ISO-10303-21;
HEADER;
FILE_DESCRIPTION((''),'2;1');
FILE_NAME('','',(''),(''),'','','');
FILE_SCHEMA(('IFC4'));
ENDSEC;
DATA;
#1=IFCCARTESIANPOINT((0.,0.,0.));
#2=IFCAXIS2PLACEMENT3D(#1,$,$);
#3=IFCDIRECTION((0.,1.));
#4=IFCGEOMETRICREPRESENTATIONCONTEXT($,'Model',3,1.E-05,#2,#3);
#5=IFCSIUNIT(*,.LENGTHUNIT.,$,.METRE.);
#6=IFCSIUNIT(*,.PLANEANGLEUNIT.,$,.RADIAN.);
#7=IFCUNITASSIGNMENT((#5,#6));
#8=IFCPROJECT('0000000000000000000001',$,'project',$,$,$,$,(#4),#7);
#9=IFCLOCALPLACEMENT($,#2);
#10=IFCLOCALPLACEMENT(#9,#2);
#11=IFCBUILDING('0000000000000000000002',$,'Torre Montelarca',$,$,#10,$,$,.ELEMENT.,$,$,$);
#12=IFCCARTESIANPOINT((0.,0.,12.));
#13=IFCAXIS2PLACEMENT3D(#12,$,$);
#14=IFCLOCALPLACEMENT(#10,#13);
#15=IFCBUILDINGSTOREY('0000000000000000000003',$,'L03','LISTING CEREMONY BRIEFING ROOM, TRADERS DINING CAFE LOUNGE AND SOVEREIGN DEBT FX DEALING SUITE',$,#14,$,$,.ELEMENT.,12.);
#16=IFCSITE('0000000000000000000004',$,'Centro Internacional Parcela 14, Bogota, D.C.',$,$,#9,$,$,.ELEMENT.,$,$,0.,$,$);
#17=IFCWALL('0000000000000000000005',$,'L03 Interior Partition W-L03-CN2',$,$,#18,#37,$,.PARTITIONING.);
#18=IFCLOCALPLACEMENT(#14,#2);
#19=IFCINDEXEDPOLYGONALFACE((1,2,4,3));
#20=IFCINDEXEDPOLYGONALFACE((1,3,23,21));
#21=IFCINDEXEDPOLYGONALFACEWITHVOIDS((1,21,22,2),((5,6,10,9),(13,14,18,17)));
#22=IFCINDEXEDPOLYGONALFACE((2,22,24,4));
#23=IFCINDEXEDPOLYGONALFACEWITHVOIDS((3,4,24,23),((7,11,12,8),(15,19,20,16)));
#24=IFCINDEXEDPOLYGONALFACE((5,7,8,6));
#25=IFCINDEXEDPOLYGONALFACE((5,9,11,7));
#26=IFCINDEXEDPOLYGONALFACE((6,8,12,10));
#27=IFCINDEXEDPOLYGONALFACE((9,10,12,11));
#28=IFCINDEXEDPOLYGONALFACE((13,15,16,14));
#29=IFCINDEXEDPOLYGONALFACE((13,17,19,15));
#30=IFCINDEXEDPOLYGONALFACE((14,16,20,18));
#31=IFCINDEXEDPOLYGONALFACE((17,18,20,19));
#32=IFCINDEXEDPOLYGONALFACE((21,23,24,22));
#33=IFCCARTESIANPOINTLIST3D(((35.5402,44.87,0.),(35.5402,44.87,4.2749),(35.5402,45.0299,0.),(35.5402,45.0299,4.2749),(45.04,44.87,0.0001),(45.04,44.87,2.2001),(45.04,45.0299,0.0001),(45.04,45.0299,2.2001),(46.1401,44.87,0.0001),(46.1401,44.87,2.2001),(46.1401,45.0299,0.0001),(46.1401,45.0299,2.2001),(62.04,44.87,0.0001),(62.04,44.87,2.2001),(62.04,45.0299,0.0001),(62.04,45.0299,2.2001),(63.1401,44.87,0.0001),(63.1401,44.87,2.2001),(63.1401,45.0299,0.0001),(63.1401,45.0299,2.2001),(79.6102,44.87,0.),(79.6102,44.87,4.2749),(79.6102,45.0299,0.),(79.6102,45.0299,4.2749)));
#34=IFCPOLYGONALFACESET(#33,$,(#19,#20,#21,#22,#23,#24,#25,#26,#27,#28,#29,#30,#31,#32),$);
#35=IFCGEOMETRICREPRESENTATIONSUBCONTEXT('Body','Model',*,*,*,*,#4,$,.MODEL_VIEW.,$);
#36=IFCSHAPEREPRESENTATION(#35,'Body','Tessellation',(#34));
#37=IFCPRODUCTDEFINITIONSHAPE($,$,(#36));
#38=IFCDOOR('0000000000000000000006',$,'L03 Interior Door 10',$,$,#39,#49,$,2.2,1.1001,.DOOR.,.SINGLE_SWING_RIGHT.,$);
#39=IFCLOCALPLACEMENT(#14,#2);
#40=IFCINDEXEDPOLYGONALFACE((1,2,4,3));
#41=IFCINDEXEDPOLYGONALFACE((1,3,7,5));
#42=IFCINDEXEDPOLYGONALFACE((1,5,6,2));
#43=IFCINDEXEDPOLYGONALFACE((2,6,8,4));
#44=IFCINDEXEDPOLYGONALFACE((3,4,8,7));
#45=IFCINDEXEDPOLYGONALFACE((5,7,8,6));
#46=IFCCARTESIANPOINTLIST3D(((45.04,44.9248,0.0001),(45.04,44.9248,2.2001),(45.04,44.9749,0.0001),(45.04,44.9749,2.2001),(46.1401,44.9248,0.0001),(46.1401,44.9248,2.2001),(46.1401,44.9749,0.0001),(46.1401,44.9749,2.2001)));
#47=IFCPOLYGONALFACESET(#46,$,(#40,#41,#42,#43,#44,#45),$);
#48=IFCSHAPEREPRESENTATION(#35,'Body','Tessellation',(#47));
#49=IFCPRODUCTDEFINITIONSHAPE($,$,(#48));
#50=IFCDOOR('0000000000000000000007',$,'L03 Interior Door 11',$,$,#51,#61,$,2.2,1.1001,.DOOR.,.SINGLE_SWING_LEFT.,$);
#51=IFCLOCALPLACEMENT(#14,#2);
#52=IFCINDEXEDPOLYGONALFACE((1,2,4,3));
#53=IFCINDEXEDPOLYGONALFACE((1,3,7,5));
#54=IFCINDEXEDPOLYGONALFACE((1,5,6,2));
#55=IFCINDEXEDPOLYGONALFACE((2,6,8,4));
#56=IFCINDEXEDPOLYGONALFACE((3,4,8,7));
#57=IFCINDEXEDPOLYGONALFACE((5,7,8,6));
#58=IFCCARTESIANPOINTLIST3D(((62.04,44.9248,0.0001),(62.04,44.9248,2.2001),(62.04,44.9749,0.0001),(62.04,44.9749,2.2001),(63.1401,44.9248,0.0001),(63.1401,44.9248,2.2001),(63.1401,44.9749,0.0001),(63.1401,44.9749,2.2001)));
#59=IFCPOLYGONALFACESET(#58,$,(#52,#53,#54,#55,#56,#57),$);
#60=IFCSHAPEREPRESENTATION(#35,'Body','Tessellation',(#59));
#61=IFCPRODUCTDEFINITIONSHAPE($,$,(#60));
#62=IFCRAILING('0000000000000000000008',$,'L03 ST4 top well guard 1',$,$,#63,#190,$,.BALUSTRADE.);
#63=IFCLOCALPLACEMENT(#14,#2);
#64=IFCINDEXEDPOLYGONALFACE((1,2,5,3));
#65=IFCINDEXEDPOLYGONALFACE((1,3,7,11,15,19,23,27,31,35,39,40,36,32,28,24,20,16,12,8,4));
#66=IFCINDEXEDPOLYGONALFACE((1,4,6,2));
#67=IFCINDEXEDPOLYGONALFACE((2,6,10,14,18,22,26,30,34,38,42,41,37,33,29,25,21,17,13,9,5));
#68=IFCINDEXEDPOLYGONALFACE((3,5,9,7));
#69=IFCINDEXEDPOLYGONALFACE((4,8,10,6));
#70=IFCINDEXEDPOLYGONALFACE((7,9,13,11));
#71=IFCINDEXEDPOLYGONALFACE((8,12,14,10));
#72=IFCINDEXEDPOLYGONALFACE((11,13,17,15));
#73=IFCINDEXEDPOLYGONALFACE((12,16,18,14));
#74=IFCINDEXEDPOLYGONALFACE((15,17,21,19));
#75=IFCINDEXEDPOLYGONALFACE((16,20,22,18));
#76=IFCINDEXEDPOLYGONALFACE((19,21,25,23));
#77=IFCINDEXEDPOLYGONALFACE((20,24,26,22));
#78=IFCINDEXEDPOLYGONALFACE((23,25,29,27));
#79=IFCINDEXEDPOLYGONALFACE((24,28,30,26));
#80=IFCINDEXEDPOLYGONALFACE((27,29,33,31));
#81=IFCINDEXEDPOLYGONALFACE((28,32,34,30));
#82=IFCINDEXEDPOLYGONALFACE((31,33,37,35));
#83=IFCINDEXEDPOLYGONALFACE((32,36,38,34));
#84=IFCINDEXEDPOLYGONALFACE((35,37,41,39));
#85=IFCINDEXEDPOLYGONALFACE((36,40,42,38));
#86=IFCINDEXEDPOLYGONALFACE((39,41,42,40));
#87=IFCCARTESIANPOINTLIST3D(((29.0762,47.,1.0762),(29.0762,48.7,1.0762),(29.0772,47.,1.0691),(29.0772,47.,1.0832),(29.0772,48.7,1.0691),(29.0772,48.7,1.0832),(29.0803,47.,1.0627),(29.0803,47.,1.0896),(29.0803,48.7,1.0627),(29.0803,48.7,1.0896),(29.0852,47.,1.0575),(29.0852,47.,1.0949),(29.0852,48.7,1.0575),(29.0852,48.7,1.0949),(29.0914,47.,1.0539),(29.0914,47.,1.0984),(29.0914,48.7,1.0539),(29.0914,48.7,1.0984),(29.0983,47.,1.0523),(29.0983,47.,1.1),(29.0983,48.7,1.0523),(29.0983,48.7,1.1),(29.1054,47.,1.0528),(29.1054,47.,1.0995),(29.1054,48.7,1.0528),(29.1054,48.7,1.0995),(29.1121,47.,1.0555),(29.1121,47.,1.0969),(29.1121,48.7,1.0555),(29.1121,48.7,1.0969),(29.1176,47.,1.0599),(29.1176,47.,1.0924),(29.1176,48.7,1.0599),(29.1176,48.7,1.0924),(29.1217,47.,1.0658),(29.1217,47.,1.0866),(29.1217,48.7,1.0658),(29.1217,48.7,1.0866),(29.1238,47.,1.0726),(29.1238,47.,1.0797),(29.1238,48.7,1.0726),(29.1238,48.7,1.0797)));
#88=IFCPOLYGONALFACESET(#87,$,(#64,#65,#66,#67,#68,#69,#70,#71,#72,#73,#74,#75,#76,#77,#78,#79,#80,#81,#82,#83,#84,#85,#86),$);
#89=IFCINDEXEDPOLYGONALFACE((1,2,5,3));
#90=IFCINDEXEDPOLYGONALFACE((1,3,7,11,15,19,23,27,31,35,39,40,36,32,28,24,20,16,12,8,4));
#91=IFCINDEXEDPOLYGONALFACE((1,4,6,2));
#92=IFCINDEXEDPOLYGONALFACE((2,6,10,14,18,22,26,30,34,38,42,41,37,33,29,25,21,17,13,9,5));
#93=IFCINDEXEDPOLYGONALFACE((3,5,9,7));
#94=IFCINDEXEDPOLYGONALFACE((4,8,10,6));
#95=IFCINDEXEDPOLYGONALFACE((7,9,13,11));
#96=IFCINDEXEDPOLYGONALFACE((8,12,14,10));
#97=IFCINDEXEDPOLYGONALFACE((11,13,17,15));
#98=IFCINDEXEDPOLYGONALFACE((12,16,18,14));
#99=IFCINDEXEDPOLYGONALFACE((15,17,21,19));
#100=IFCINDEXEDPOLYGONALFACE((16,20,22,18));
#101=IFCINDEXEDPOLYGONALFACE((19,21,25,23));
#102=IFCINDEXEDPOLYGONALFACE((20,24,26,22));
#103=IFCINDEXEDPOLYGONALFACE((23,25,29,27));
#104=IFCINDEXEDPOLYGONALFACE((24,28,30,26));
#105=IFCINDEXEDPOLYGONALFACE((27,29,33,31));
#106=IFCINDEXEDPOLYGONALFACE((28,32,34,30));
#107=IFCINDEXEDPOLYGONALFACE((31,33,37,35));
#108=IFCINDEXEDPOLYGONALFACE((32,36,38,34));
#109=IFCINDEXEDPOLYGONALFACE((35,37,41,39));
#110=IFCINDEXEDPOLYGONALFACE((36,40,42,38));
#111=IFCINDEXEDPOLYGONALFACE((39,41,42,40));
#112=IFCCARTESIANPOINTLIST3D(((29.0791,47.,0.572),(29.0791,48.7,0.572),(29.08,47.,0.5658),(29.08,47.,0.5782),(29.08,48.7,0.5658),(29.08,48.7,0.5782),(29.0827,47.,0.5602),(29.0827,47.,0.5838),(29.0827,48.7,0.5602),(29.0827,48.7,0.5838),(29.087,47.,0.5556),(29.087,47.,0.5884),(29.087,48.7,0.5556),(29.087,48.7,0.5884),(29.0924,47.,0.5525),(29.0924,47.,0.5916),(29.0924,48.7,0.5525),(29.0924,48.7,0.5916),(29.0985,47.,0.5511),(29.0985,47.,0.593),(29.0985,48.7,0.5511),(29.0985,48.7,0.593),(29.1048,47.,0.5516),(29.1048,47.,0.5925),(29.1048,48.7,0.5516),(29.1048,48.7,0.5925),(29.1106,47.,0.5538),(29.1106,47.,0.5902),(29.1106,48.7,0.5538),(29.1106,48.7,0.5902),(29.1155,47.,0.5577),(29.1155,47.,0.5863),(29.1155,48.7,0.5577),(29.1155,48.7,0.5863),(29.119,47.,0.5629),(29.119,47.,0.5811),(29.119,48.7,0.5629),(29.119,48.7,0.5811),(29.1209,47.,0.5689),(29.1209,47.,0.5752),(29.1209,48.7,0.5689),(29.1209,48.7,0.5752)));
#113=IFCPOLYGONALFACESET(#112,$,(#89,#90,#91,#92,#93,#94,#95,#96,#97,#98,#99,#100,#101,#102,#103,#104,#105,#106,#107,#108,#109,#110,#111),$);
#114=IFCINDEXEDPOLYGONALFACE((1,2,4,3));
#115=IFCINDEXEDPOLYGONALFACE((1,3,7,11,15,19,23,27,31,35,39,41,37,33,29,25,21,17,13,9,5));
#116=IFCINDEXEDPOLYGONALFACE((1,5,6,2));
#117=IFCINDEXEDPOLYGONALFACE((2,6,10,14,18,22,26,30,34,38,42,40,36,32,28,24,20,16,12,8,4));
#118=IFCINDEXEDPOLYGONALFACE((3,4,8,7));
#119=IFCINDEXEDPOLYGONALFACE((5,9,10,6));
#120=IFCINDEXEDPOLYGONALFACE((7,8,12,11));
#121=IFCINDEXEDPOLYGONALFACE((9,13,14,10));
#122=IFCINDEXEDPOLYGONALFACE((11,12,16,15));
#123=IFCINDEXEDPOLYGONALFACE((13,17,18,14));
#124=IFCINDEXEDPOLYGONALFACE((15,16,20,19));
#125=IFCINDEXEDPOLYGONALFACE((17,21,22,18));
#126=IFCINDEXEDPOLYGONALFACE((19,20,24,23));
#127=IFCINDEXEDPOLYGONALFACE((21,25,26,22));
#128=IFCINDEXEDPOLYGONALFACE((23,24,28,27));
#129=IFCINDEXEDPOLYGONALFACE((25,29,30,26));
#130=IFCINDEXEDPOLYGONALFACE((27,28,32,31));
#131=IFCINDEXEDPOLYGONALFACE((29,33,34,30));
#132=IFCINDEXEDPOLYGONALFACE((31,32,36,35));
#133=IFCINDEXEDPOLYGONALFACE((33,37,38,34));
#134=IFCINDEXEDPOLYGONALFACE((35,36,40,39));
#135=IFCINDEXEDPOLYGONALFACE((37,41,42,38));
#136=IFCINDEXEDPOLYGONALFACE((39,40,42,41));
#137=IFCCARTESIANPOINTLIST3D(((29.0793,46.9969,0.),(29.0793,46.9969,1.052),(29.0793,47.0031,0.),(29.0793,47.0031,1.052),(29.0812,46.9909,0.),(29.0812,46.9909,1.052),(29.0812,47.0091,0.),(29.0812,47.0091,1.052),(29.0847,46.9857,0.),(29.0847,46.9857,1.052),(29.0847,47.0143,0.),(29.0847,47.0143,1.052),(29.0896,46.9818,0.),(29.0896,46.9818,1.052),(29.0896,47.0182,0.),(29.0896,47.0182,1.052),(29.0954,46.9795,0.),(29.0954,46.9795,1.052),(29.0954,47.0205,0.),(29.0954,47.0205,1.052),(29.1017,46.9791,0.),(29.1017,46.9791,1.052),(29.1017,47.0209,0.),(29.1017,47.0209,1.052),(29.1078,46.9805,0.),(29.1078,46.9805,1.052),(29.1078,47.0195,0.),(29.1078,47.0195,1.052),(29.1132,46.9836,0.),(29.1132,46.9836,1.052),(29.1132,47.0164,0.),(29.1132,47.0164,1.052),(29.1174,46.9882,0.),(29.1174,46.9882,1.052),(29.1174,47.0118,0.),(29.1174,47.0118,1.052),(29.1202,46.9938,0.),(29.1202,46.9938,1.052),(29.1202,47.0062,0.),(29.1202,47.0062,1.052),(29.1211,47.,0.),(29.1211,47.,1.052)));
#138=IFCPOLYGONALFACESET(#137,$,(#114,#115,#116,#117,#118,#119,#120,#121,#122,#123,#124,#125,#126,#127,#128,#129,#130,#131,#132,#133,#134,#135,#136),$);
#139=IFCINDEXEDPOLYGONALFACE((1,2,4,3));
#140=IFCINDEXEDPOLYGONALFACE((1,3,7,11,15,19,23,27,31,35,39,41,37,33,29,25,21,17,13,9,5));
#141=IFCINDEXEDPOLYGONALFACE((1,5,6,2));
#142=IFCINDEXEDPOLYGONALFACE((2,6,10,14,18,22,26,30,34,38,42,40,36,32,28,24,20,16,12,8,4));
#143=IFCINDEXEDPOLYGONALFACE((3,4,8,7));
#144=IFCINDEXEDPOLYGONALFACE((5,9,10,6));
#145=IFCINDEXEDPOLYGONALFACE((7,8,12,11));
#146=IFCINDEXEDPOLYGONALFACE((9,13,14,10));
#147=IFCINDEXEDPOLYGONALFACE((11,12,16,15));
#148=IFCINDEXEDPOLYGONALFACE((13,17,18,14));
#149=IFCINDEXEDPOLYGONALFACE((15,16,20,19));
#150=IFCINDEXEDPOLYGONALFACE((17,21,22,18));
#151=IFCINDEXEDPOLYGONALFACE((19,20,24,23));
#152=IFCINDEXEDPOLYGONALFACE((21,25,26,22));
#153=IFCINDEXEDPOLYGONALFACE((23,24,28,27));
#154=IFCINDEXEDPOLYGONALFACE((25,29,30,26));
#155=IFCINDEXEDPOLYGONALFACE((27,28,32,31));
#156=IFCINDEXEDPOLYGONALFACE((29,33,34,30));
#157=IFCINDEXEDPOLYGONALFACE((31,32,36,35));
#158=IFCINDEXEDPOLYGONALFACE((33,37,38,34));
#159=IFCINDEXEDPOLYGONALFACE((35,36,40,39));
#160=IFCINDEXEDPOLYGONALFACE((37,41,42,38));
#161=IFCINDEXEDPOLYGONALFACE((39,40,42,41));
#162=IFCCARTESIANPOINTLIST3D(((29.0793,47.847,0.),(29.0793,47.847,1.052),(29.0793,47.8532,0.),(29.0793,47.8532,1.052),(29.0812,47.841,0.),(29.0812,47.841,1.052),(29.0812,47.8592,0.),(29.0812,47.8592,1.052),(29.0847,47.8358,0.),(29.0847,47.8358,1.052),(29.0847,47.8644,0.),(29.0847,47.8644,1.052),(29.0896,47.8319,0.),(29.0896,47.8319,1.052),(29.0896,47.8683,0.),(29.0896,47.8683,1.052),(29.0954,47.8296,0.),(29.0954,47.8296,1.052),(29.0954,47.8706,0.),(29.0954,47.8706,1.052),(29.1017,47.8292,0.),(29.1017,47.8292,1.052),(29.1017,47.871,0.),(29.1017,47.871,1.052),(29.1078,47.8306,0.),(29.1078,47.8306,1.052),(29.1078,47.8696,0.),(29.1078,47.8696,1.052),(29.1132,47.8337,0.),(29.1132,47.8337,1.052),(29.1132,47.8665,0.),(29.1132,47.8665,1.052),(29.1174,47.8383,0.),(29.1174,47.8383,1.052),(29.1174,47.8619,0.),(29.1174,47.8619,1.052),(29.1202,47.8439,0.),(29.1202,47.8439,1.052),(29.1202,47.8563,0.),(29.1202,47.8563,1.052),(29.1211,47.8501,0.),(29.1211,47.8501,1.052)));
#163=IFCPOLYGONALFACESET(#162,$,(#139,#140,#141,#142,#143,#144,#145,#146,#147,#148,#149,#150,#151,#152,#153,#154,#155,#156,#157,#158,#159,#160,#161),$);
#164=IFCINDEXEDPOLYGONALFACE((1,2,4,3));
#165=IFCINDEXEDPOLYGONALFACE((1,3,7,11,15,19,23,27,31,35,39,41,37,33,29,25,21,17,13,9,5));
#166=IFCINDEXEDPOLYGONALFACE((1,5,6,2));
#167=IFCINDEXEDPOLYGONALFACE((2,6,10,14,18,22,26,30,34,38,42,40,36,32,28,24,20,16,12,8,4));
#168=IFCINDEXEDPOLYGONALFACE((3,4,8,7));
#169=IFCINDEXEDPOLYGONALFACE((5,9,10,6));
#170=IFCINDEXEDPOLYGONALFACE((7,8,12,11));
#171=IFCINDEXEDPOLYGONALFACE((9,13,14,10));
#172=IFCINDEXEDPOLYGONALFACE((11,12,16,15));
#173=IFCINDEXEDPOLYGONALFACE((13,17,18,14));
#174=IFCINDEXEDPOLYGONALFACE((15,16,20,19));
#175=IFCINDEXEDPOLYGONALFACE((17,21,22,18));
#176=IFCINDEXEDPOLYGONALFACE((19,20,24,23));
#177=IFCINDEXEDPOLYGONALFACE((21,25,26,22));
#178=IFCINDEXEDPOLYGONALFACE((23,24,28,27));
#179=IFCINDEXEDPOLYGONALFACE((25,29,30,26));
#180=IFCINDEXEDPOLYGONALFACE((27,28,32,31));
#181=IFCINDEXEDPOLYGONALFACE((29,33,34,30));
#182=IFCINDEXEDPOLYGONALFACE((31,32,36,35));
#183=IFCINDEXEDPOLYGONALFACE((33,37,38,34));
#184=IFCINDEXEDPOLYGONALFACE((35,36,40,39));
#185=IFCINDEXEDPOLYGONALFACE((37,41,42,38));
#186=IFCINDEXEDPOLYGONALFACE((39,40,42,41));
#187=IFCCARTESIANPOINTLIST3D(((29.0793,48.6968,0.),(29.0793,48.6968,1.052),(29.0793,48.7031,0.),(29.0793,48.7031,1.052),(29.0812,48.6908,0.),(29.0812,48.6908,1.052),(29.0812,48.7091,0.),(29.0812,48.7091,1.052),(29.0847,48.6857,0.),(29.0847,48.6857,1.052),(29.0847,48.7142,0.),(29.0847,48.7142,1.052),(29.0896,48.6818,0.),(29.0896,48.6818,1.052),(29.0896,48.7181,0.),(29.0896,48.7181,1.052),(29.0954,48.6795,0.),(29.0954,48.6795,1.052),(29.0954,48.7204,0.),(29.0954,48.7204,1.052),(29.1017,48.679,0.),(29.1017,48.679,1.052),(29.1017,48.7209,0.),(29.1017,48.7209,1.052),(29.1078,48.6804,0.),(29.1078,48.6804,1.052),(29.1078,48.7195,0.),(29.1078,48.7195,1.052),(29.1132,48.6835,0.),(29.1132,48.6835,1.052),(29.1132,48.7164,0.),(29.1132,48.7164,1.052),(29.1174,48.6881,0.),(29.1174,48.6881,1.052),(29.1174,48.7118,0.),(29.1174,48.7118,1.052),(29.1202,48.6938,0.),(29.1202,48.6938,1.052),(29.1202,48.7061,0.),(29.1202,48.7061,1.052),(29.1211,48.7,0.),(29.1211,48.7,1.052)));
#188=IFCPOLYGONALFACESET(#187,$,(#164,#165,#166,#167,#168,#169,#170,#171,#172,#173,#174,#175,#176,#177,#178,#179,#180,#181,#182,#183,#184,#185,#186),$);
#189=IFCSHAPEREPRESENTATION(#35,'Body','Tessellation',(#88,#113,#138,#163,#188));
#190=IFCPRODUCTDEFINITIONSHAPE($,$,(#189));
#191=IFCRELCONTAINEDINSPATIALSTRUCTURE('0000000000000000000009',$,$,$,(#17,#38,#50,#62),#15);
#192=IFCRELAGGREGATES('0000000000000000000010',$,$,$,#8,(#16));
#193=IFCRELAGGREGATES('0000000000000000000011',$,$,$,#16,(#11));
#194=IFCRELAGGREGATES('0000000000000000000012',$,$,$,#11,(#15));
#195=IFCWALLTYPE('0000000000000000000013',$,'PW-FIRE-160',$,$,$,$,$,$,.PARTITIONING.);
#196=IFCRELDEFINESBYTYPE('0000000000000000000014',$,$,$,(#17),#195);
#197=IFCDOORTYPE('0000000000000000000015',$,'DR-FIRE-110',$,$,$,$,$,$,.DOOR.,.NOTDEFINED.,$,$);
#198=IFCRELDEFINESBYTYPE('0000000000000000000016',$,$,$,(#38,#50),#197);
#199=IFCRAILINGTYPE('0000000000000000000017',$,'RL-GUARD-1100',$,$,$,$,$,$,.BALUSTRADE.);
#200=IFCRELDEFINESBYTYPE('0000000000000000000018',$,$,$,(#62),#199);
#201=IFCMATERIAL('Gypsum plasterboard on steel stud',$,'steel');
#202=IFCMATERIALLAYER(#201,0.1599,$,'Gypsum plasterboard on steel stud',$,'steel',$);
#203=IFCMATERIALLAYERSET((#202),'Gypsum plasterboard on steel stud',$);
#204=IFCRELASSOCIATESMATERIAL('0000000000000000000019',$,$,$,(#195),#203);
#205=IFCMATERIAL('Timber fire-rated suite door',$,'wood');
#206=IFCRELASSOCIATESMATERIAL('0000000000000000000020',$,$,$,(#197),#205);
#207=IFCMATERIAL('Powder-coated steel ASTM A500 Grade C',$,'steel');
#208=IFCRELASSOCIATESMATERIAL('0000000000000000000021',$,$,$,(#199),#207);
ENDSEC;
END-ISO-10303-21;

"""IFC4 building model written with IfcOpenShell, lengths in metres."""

from ifc_helpers import new_model, si_unit, direction, frame, frame_2d, origin, origin_2d, place, context, subcontext, project, spatial, rectangle, circle, extrude, source, transform, mapped, material, layer, layer_set, type_object, element, fill, save


model = new_model("IFC4")

# Units and contexts
model_context = context("Model", 3, precision=1e-05, world=origin(), true_north=direction((0.0, 1.0)))
body_context = subcontext(model_context, "Body", "Model", "MODEL_VIEW")
ifc_project = project(units=[si_unit("LENGTHUNIT", "METRE"), si_unit("PLANEANGLEUNIT", "RADIAN")], contexts=[model_context])

# Site, building, storey
site_placement = place(None, origin())
site = spatial("IfcSite", under=ifc_project, at=site_placement, Name="Centro Internacional Parcela 14, Bogota, D.C.", CompositionType="ELEMENT", RefElevation=0.0)
building_placement = place(site_placement, origin())
building = spatial("IfcBuilding", under=site, at=building_placement, Name="Torre Montelarca", CompositionType="ELEMENT")
storey_placement = place(building_placement, frame((0.0, 0.0, 12.0)))
storey = spatial("IfcBuildingStorey", under=building, at=storey_placement, Name="L03", Description="LISTING CEREMONY BRIEFING ROOM, TRADERS DINING CAFE LOUNGE AND SOVEREIGN DEBT FX DEALING SUITE", CompositionType="ELEMENT", Elevation=12.0)

# Wall, openings, doors
ifc_material_1 = material(Name="Gypsum plasterboard on steel stud", Category="steel")
ifc_layer_1 = layer(ifc_material_1, 0.1599, Name="Gypsum plasterboard on steel stud", Category="steel")
ifc_layer_set_1 = layer_set([ifc_layer_1], Name="Gypsum plasterboard on steel stud")
wall_type_1 = type_object("IfcWallType", Name="PW-FIRE-160", PredefinedType="PARTITIONING", material=ifc_layer_set_1)
wall_1_placement = place(storey_placement, frame((35.54, 44.95, 0.0), z_axis=(0.0, 0.0, 1.0), x_axis=(1.0, 0.0, 0.0)))
wall_1 = element("IfcWall", 1, at=wall_1_placement, inside=storey, type_object=wall_type_1, Name="L03 Interior Partition W-L03-CN2", PredefinedType="PARTITIONING", context=body_context, shape_type="SweptSolid", body=[
    extrude(rectangle(XDim=44.0701, YDim=0.1599, at=frame_2d((22.0352, 0.0))), origin(), (0.0, 0.0, 1.0), 4.2749),
])
opening_1_placement = place(wall_1_placement, frame((9.5, 0.0, 0.0)))
opening_1 = element("IfcOpeningElement", 2, at=opening_1_placement, cuts=wall_1, PredefinedType="OPENING", context=body_context, shape_type="SweptSolid", body=[
    extrude(rectangle(XDim=1.1001, YDim=2.2, at=frame_2d((0.55, 1.1001))), frame((0.0, 0.0898, 0.0), z_axis=(0.0, -1.0, 0.0), x_axis=(1.0, 0.0, 0.0)), (0.0, 0.0, 1.0), 0.1799),
])
opening_2_placement = place(wall_1_placement, frame((26.5, 0.0, 0.0)))
opening_2 = element("IfcOpeningElement", 3, at=opening_2_placement, cuts=wall_1, PredefinedType="OPENING", context=body_context, shape_type="SweptSolid", body=[
    extrude(rectangle(XDim=1.1001, YDim=2.2, at=frame_2d((0.55, 1.1001))), frame((0.0, 0.0898, 0.0), z_axis=(0.0, -1.0, 0.0), x_axis=(1.0, 0.0, 0.0)), (0.0, 0.0, 1.0), 0.1799),
])
ifc_material_2 = material(Name="Timber fire-rated suite door", Category="wood")
door_type_1 = type_object("IfcDoorType", Name="DR-FIRE-110", OperationType="NOTDEFINED", PredefinedType="DOOR", material=ifc_material_2)
shared_shape_1 = source(origin(), body_context, "Body", "SweptSolid", [
    extrude(rectangle(XDim=1.1001, YDim=2.2, at=frame_2d((0.55, 1.1001))), frame((0.0, 0.0249, 0.0), z_axis=(0.0, -1.0, 0.0), x_axis=(1.0, 0.0, 0.0)), (0.0, 0.0, 1.0), 0.05),
])
door_1_placement = place(opening_1_placement, origin())
door_1 = element("IfcDoor", 4, at=door_1_placement, inside=storey, type_object=door_type_1, Name="L03 Interior Door 10", OperationType="SINGLE_SWING_RIGHT", OverallHeight=2.2, OverallWidth=1.1001, PredefinedType="DOOR", context=body_context, shape_type="MappedRepresentation", body=[
    mapped(shared_shape_1, transform((0.0, 0.0, 0.0), scale=1.0)),
])
fill(opening_1, door_1)
door_2_placement = place(opening_2_placement, origin())
door_2 = element("IfcDoor", 5, at=door_2_placement, inside=storey, type_object=door_type_1, Name="L03 Interior Door 11", OperationType="SINGLE_SWING_LEFT", OverallHeight=2.2, OverallWidth=1.1001, PredefinedType="DOOR", context=body_context, shape_type="MappedRepresentation", body=[
    mapped(shared_shape_1, transform((0.0, 0.0, 0.0), scale=1.0)),
])
fill(opening_2, door_2)

# Railing
ifc_material_3 = material(Name="Powder-coated steel ASTM A500 Grade C", Category="steel")
railing_type = type_object("IfcRailingType", Name="RL-GUARD-1100", PredefinedType="BALUSTRADE", material=ifc_material_3)
railing_placement = place(storey_placement, frame((29.1001, 47.0, 0.0)))
element("IfcRailing", 6, at=railing_placement, inside=storey, type_object=railing_type, Name="L03 ST4 top well guard 1", PredefinedType="BALUSTRADE", context=body_context, shape_type="SweptSolid", body=[
    extrude(circle(Radius=0.0239, at=origin_2d()), frame((0.0, 0.0, 1.0762), z_axis=(0.0, 1.0, 0.0), x_axis=(-1.0, 0.0, 0.0)), (0.0, 0.0, 1.0), 1.7),
    extrude(circle(Radius=0.021, at=origin_2d()), frame((0.0, 0.0, 0.572), z_axis=(0.0, 1.0, 0.0), x_axis=(-1.0, 0.0, 0.0)), (0.0, 0.0, 1.0), 1.7),
    extrude(circle(Radius=0.021, at=origin_2d()), origin(), (0.0, 0.0, 1.0), 1.052),
    extrude(circle(Radius=0.021, at=origin_2d()), frame((0.0, 0.8501, 0.0)), (0.0, 0.0, 1.0), 1.052),
    extrude(circle(Radius=0.021, at=origin_2d()), frame((0.0, 1.7, 0.0)), (0.0, 0.0, 1.0), 1.052),
])

save(model, "model.ifc")
